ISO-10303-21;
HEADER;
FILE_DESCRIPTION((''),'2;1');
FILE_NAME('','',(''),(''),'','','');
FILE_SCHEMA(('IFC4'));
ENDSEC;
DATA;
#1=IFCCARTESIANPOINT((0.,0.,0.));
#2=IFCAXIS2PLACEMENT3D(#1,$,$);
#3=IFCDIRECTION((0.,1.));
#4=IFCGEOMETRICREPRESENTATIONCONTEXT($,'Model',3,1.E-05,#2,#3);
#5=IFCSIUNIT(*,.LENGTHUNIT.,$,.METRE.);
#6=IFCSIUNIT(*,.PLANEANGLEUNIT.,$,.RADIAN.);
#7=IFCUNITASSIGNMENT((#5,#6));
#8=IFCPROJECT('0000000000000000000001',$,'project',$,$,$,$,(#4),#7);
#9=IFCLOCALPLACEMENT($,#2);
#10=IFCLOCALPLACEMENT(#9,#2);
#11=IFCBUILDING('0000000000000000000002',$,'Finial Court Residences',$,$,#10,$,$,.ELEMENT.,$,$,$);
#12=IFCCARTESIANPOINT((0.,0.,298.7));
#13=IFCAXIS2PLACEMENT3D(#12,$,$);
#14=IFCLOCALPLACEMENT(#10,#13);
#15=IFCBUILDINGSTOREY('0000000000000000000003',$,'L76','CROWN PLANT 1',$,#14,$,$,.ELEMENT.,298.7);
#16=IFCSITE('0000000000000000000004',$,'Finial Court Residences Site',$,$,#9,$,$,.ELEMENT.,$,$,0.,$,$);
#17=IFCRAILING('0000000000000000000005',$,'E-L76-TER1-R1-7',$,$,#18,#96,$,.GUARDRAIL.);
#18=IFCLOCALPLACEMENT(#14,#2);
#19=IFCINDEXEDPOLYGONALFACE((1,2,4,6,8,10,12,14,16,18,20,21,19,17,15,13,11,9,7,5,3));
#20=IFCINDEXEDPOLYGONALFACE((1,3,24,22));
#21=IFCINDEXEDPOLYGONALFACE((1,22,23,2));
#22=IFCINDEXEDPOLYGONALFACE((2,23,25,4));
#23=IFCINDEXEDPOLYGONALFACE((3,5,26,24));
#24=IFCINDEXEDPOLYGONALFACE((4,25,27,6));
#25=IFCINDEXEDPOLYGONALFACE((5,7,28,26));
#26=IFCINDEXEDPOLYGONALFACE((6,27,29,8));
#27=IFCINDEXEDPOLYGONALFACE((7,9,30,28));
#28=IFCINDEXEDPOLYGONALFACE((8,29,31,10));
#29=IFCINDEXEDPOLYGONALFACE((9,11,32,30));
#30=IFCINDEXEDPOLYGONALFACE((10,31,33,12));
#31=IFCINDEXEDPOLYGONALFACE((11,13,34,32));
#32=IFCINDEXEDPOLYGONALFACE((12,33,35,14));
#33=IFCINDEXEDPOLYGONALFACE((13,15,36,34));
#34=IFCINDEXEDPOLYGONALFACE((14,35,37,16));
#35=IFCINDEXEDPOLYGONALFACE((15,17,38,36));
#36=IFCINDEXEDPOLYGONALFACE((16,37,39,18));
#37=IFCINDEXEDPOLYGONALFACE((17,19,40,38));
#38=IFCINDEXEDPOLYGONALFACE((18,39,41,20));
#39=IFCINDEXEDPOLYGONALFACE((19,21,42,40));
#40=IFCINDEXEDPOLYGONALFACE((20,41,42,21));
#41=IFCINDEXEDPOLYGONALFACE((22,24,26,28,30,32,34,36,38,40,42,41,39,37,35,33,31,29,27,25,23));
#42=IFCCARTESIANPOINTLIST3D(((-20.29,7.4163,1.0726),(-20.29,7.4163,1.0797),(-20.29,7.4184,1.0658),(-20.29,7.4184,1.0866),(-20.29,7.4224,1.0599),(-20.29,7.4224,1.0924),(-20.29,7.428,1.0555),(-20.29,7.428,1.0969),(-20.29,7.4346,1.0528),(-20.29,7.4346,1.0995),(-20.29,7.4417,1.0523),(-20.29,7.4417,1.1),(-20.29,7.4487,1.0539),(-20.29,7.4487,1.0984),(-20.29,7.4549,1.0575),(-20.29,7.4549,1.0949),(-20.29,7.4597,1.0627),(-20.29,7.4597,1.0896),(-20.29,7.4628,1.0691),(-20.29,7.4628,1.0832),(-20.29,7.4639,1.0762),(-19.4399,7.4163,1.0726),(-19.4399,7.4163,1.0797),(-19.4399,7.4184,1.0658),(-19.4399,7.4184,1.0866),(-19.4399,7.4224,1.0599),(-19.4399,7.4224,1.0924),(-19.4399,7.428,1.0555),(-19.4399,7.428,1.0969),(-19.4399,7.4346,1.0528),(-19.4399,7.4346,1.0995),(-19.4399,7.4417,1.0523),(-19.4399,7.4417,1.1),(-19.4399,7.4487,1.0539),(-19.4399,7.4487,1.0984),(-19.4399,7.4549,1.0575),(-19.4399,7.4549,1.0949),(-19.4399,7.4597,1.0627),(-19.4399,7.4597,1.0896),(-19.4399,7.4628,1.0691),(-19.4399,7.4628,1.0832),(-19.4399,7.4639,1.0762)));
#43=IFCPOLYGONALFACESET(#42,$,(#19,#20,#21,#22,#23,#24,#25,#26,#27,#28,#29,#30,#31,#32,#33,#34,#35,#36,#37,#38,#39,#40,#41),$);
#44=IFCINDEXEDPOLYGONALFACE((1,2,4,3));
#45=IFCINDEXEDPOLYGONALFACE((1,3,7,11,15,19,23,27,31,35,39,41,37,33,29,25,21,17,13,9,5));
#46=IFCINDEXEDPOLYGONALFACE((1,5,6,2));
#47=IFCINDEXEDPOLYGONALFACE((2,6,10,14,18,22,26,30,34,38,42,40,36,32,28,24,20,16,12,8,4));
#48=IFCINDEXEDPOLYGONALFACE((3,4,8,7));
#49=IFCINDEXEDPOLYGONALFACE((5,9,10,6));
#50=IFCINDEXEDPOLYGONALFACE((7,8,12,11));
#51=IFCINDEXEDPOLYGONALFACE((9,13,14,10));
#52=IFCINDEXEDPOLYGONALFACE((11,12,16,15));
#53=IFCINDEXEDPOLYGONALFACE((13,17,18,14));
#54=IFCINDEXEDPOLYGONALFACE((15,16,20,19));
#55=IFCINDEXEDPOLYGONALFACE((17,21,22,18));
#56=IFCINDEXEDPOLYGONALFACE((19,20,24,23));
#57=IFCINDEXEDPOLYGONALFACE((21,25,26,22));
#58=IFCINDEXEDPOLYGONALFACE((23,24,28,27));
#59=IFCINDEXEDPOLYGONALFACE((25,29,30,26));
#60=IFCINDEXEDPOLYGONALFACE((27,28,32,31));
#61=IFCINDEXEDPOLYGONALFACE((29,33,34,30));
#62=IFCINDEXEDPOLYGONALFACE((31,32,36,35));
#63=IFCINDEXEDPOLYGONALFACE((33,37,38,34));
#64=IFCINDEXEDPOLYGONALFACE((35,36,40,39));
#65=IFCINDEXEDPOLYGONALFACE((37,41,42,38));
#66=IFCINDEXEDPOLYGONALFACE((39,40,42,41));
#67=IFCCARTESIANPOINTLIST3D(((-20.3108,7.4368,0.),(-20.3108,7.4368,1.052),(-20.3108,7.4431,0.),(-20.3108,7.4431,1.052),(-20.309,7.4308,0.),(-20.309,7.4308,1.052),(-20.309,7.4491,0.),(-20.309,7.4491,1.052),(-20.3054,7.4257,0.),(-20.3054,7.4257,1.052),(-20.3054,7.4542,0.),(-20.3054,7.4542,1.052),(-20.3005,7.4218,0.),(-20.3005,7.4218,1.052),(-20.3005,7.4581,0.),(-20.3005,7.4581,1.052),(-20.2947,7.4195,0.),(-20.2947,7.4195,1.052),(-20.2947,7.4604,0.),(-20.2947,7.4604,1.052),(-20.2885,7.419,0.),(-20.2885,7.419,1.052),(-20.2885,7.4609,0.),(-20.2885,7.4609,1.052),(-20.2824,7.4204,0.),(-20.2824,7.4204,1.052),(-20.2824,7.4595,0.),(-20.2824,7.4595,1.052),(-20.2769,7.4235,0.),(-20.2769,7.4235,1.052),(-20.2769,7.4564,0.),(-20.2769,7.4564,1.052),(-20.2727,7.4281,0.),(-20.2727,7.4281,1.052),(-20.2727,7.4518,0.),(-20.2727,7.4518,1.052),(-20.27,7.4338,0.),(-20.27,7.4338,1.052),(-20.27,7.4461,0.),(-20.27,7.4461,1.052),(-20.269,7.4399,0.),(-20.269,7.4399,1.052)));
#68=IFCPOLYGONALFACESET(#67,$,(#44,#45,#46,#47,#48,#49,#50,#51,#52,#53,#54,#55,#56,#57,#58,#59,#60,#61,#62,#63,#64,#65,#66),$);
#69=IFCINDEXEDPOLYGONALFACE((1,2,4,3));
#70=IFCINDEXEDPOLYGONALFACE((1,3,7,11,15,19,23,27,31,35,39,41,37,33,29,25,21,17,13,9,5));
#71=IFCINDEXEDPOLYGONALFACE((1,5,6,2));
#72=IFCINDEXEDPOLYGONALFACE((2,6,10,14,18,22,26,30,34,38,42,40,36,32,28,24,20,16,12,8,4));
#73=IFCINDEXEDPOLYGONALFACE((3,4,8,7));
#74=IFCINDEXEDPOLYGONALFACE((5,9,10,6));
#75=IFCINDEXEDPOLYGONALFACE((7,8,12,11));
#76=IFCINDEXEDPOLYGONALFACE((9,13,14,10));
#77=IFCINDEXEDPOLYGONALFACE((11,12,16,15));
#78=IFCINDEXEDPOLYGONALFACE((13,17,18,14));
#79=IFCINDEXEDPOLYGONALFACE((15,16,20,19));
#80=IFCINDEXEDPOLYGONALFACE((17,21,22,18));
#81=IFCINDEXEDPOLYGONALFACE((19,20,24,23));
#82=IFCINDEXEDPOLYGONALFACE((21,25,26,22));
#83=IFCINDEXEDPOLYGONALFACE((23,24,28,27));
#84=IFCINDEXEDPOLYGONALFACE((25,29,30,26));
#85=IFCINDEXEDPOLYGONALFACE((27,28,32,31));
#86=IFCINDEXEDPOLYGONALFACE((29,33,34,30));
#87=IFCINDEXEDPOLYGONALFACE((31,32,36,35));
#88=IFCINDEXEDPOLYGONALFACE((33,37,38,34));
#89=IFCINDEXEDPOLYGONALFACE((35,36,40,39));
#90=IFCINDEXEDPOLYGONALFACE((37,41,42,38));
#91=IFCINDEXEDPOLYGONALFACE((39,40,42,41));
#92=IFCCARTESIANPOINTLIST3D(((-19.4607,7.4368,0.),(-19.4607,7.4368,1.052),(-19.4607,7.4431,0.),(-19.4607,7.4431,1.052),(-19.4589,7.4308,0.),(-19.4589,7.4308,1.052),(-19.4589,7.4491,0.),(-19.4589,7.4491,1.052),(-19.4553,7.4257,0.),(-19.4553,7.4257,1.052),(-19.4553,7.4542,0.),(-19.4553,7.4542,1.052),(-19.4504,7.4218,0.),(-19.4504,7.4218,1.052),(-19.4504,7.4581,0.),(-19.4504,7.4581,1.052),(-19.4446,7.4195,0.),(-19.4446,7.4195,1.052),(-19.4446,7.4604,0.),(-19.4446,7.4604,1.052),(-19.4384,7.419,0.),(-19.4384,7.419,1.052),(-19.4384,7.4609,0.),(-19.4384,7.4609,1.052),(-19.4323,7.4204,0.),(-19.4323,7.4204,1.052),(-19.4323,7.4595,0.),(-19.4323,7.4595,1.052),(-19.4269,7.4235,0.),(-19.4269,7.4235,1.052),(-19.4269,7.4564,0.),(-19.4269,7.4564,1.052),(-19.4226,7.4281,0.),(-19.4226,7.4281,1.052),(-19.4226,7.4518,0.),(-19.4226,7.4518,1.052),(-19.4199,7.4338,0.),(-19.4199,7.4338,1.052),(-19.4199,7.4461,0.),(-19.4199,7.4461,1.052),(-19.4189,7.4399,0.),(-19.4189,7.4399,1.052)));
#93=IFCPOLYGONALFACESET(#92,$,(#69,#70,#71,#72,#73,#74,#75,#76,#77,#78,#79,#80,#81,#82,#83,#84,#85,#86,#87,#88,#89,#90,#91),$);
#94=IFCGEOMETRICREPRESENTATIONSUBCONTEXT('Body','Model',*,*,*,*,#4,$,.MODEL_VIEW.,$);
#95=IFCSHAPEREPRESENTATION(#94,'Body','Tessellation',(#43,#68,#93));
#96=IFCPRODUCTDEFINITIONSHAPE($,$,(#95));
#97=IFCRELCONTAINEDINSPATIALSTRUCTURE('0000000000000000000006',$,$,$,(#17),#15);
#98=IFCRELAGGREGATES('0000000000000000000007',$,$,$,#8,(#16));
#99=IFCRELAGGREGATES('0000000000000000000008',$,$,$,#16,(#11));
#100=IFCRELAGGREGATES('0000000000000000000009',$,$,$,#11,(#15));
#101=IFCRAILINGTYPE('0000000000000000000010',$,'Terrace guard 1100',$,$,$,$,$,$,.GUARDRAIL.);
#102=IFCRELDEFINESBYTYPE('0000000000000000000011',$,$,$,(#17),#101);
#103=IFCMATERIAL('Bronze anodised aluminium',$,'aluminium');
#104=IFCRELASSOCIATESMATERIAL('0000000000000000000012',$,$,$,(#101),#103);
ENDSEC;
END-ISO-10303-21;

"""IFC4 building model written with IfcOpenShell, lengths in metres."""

from ifc_helpers import new_model, si_unit, direction, frame, origin, origin_2d, place, context, subcontext, project, spatial, circle, extrude, material, type_object, element, save


model = new_model("IFC4")

# Units and contexts
model_context = context("Model", 3, precision=1e-05, world=origin(), true_north=direction((0.0, 1.0)))
body_context = subcontext(model_context, "Body", "Model", "MODEL_VIEW")
ifc_project = project(units=[si_unit("LENGTHUNIT", "METRE"), si_unit("PLANEANGLEUNIT", "RADIAN")], contexts=[model_context])

# Site, building, storey
site_placement = place(None, origin())
site = spatial("IfcSite", under=ifc_project, at=site_placement, Name="Finial Court Residences Site", CompositionType="ELEMENT", RefElevation=0.0)
building_placement = place(site_placement, origin())
building = spatial("IfcBuilding", under=site, at=building_placement, Name="Finial Court Residences", CompositionType="ELEMENT")
storey_placement = place(building_placement, frame((0.0, 0.0, 298.7)))
storey = spatial("IfcBuildingStorey", under=building, at=storey_placement, Name="L76", Description="CROWN PLANT 1", CompositionType="ELEMENT", Elevation=298.7)

# Shared definitions
ifc_material_1 = material(Name="Bronze anodised aluminium", Category="aluminium")

# Railing
railing_type = type_object("IfcRailingType", Name="Terrace guard 1100", PredefinedType="GUARDRAIL", material=ifc_material_1)
railing_1_placement = place(storey_placement, frame((-20.29, 7.4399, 0.0)))
element("IfcRailing", 1, at=railing_1_placement, inside=storey, type_object=railing_type, Name="E-L76-TER1-R1-7", PredefinedType="GUARDRAIL", context=body_context, shape_type="SweptSolid", body=[
    extrude(circle(Radius=0.0239, at=origin_2d()), frame((0.0, 0.0, 1.0762), z_axis=(1.0, 0.0, 0.0), x_axis=(0.0, 1.0, 0.0)), (0.0, 0.0, 1.0), 0.8501),
    extrude(circle(Radius=0.021, at=origin_2d()), origin(), (0.0, 0.0, 1.0), 1.052),
    extrude(circle(Radius=0.021, at=origin_2d()), frame((0.8501, 0.0, 0.0)), (0.0, 0.0, 1.0), 1.052),
])

save(model, "model.ifc")
